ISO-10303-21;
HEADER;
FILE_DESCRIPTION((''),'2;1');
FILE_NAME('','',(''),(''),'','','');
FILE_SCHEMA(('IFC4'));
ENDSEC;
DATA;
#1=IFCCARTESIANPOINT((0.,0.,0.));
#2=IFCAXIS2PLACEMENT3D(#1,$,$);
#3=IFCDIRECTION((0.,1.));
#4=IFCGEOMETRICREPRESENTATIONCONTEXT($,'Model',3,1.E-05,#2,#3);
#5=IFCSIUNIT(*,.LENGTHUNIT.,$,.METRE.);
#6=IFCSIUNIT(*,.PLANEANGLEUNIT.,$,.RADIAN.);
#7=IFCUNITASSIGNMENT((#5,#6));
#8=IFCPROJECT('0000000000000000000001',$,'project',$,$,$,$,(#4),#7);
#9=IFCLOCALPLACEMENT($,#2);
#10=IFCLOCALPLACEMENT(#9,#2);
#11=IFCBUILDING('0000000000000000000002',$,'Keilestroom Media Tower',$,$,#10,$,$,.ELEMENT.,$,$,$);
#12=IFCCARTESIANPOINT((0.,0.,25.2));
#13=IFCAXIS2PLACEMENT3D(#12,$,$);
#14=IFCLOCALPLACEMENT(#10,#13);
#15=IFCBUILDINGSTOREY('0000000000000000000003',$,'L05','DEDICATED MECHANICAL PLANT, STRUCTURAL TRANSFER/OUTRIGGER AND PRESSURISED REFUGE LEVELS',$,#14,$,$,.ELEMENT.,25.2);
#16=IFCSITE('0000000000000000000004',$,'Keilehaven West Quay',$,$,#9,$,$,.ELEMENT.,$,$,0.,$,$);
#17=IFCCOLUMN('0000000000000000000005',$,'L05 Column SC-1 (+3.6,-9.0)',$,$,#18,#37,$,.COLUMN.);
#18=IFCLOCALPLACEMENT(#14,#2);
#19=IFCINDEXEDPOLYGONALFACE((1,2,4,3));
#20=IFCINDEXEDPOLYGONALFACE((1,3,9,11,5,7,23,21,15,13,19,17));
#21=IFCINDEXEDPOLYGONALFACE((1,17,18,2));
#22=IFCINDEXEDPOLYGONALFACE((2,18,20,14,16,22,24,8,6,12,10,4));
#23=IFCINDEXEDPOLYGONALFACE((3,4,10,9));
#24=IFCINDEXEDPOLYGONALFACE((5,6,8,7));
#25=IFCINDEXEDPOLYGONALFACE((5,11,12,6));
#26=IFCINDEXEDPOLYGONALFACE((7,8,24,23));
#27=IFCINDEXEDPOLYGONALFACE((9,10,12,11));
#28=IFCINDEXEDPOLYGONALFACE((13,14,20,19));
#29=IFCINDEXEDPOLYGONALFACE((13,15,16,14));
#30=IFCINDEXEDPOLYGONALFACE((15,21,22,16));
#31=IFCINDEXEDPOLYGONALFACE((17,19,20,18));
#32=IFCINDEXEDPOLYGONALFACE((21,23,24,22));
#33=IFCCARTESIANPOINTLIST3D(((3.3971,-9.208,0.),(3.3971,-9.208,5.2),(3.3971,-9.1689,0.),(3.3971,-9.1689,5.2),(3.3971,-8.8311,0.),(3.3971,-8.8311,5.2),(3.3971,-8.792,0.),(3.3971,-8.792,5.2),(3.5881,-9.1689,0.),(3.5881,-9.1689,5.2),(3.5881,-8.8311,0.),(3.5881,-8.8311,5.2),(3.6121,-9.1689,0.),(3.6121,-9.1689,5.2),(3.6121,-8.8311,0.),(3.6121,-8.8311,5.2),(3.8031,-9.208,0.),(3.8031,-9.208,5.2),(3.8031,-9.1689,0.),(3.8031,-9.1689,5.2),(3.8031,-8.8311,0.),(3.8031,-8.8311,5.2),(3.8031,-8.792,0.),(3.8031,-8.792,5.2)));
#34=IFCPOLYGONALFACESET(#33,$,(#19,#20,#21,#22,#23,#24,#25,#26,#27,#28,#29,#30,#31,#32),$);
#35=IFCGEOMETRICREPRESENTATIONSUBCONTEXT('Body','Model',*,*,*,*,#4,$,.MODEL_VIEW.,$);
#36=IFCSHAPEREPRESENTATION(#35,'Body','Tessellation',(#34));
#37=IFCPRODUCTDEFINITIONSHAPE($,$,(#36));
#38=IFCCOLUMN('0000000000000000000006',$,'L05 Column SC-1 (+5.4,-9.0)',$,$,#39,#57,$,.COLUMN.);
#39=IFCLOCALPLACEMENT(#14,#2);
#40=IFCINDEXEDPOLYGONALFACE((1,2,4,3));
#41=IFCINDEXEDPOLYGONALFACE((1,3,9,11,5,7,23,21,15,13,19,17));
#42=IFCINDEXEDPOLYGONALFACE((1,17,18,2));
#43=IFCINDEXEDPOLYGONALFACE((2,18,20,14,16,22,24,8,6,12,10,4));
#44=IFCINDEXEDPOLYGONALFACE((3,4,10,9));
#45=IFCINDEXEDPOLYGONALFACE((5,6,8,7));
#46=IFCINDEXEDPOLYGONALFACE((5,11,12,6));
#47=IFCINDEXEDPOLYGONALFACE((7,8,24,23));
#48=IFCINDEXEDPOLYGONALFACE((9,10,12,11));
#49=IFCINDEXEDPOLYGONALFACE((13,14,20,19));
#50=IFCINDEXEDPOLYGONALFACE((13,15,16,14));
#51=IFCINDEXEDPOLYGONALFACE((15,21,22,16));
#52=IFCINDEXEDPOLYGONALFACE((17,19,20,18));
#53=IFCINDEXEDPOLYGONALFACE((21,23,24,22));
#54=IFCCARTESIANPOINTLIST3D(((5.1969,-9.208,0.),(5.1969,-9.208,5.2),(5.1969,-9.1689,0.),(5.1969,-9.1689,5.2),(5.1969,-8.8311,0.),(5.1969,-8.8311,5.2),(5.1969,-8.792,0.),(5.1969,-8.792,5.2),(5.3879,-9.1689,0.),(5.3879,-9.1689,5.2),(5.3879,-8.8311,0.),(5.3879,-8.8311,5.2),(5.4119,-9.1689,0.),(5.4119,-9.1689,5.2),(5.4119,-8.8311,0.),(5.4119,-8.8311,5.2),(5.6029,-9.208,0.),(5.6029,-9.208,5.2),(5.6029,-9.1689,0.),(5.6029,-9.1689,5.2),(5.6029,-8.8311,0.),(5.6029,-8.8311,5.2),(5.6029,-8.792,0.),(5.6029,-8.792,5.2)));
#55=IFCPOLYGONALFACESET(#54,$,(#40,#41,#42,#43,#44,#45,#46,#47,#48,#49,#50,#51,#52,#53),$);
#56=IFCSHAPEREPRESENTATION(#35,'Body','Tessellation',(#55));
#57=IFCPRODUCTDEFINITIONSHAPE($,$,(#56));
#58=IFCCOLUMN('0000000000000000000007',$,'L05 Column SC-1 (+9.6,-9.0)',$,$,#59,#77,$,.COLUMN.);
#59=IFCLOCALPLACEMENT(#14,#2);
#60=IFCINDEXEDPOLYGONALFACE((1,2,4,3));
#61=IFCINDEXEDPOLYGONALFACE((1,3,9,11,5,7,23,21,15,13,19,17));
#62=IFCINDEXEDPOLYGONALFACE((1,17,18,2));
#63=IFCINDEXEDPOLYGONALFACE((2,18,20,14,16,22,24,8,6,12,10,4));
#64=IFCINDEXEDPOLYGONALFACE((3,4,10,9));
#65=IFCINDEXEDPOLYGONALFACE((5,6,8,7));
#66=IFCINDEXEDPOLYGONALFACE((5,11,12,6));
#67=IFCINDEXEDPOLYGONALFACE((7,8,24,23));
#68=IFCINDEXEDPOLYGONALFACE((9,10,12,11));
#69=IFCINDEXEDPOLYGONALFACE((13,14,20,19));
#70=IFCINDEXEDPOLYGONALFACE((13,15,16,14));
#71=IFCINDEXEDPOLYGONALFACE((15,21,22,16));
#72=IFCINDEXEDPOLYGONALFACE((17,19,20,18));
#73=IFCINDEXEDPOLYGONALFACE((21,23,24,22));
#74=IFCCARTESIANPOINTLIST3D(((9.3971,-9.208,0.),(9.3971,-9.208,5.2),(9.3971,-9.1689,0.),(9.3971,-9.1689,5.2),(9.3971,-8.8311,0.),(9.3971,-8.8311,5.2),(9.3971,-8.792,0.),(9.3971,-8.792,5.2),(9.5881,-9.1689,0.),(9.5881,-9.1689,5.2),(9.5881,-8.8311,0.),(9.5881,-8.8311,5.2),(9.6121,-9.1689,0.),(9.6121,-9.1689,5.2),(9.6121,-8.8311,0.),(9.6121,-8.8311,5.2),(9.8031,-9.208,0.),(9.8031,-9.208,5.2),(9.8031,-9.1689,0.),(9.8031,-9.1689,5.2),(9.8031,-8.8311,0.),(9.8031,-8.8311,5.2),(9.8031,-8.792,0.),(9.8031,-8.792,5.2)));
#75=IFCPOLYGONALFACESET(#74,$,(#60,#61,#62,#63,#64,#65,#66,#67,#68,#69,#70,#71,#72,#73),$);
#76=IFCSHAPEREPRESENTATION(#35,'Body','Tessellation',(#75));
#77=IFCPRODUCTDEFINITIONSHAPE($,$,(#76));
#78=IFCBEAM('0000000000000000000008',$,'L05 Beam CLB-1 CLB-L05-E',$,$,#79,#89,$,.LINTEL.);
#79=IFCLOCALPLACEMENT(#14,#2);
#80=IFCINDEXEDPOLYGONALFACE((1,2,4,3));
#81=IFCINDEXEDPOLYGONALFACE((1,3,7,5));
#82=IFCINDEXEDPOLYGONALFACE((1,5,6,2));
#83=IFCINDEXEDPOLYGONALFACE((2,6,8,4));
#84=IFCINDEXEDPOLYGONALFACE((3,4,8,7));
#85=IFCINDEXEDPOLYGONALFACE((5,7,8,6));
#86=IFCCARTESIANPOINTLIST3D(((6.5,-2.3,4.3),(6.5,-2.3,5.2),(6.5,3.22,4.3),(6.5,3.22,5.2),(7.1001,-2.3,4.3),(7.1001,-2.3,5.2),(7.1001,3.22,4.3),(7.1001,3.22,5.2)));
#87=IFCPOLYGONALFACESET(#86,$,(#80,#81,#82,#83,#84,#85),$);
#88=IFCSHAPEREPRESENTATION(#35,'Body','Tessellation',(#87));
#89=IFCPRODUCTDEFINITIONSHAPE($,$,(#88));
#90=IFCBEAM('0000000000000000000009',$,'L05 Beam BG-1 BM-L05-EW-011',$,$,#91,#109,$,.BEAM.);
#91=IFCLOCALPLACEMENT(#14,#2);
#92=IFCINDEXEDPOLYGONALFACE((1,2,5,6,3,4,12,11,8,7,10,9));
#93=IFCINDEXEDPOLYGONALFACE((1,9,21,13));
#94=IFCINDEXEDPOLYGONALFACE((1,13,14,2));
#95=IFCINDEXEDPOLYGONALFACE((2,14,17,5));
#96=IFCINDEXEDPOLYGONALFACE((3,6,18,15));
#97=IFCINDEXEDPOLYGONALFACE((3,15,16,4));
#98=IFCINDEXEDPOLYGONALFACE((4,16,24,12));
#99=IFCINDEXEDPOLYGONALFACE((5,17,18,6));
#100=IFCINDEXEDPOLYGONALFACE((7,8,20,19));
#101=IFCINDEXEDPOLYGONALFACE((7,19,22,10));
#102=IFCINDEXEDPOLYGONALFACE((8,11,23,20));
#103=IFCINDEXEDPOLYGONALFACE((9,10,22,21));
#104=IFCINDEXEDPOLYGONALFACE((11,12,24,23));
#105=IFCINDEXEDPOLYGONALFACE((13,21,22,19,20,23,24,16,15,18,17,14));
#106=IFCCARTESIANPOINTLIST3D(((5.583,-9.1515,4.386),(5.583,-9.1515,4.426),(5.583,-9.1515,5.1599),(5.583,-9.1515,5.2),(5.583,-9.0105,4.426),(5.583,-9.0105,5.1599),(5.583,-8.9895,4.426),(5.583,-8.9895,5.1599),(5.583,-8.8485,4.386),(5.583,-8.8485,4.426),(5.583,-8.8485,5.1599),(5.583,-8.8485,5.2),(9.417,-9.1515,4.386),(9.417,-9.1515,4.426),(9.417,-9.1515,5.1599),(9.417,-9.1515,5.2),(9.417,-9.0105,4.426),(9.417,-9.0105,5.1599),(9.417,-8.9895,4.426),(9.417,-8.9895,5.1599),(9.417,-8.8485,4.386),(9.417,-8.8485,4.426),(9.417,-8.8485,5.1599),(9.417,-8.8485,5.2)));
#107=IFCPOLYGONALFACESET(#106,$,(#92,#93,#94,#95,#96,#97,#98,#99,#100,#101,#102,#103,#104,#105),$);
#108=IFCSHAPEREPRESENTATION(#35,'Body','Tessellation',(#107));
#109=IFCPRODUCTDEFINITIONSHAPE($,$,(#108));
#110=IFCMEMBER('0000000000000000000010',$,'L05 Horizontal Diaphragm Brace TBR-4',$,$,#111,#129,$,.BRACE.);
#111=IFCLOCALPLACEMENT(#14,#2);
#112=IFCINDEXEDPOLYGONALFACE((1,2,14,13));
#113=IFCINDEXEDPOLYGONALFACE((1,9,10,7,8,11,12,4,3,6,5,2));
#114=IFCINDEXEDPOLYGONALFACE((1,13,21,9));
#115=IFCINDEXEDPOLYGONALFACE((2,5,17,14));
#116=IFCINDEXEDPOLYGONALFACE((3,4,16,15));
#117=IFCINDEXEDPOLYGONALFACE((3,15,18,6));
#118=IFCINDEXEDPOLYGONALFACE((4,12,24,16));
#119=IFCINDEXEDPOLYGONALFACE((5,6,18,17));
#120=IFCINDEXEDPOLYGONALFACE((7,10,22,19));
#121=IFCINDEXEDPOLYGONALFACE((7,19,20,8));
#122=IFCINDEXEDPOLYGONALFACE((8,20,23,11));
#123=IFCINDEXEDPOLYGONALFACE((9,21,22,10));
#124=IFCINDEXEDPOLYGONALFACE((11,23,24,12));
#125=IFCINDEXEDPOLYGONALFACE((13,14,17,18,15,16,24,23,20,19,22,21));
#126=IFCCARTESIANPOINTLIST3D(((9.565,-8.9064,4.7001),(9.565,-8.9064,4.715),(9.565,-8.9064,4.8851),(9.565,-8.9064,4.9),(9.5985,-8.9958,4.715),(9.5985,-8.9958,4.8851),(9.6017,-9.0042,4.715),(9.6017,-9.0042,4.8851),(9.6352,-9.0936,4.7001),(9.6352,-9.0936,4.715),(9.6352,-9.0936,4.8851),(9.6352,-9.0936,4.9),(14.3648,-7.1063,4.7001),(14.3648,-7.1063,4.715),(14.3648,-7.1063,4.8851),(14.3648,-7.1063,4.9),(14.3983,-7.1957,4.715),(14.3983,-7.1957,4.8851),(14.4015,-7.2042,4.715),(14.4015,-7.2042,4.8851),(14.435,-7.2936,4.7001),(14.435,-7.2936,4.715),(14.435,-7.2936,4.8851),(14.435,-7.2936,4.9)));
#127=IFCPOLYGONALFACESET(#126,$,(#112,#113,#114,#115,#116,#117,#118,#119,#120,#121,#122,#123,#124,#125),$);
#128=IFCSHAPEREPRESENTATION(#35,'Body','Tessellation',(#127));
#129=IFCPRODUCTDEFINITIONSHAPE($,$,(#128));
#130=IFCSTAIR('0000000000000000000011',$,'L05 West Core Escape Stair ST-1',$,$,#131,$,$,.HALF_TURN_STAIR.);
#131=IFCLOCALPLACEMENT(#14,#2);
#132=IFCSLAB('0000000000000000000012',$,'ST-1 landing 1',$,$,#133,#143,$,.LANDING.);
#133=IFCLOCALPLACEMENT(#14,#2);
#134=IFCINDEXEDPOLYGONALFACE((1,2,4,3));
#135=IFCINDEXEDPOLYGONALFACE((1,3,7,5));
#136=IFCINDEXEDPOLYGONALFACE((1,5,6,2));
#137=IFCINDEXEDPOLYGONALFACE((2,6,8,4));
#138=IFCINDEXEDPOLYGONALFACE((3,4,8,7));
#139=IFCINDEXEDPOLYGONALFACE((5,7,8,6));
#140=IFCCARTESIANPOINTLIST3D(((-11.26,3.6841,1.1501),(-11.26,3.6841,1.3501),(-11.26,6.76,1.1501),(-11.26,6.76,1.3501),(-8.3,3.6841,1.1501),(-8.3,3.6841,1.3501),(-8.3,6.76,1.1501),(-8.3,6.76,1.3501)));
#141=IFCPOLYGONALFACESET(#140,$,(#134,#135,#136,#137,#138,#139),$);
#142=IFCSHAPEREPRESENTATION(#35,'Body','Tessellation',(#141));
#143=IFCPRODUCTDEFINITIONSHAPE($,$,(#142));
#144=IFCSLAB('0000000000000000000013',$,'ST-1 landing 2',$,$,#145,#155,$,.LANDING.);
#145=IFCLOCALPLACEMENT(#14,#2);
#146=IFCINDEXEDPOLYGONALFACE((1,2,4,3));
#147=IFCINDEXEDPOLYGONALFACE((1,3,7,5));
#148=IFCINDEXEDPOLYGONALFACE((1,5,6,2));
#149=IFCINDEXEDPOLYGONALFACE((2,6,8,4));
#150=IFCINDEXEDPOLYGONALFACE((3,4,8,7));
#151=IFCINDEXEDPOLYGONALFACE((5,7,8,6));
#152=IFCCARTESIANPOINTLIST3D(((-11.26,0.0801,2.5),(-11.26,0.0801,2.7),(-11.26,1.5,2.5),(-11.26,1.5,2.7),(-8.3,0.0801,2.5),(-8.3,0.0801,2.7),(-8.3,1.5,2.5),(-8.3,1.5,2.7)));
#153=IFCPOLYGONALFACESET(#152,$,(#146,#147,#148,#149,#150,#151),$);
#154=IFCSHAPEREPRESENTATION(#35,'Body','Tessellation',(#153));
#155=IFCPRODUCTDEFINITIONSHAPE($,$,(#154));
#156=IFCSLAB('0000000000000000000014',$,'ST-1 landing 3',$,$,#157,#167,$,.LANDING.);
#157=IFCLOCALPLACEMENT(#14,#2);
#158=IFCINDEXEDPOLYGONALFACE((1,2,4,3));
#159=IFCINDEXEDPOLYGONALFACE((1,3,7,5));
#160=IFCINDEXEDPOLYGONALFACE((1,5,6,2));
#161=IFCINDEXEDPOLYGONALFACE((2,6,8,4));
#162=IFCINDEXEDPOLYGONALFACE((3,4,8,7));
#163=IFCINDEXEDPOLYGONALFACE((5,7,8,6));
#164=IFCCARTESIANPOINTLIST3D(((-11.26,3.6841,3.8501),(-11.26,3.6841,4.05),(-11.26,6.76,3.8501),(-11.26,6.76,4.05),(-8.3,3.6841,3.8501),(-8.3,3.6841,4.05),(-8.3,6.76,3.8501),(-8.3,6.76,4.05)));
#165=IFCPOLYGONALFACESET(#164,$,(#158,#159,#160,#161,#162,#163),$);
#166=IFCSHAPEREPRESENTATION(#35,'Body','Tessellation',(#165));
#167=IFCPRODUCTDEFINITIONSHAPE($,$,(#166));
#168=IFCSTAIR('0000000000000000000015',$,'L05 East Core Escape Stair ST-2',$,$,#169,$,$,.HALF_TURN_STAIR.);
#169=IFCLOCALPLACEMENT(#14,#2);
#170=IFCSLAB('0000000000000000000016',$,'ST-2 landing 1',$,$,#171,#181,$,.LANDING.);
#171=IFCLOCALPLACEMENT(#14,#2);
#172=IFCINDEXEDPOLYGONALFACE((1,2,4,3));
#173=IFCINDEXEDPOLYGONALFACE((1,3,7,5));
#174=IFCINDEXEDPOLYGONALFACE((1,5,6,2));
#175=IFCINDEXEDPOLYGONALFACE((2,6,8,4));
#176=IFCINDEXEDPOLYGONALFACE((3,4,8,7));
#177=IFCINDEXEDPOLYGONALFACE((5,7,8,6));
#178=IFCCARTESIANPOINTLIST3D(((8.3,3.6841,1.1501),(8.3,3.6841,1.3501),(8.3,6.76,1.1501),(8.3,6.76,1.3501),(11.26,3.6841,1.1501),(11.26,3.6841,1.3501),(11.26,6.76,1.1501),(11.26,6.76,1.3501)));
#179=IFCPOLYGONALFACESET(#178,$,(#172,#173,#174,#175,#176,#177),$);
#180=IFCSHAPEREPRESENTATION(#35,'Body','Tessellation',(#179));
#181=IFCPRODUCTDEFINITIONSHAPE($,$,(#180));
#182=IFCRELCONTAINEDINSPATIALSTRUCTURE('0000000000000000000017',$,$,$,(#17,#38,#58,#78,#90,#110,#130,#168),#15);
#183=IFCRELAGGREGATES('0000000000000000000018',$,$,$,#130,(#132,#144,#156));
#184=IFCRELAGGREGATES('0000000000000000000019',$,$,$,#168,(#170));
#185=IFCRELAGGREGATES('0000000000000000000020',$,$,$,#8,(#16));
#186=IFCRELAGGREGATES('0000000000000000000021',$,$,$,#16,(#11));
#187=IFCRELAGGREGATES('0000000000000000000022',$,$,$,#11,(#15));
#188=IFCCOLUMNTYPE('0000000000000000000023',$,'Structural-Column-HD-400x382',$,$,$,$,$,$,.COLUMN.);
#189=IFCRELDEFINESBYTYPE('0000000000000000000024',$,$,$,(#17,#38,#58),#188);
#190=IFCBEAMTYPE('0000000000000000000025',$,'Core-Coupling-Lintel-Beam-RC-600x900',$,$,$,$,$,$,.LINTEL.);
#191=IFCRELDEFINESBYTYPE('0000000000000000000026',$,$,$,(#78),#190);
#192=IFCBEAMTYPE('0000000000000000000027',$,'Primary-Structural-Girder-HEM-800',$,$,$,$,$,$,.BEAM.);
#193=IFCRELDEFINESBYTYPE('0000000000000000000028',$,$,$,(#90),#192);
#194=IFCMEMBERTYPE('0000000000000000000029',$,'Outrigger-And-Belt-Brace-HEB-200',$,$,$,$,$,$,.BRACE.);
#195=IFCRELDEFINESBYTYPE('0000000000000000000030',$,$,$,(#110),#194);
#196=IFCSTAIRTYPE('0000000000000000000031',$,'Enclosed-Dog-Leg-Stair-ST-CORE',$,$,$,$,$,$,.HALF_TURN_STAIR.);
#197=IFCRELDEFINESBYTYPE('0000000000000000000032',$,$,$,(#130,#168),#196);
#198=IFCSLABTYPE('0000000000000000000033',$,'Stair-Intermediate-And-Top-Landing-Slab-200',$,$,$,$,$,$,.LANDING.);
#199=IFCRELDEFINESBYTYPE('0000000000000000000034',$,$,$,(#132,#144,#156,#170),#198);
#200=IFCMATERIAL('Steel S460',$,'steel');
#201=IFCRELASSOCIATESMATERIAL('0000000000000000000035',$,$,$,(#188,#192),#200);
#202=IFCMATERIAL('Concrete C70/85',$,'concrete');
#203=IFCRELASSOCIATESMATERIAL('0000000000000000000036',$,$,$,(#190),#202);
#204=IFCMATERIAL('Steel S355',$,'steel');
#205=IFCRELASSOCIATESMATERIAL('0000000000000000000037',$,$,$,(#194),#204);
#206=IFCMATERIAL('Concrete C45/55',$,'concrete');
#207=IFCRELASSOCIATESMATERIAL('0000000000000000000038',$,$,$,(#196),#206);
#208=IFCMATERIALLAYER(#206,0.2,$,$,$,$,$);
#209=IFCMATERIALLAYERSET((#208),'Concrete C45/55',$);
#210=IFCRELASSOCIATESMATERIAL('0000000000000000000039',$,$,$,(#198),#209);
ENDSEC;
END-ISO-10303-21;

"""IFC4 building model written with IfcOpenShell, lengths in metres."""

from ifc_helpers import new_model, si_unit, direction, frame, origin, origin_2d, place, context, subcontext, project, spatial, polyline, rectangle, i_section, outline, extrude, source, transform, mapped, material, layer, layer_set, material_profile, profile_set, type_object, element, aggregate, save


model = new_model("IFC4")

# Units and contexts
model_context = context("Model", 3, precision=1e-05, world=origin(), true_north=direction((0.0, 1.0)))
body_context = subcontext(model_context, "Body", "Model", "MODEL_VIEW")
ifc_project = project(units=[si_unit("LENGTHUNIT", "METRE"), si_unit("PLANEANGLEUNIT", "RADIAN")], contexts=[model_context])

# Site, building, storey
site_placement = place(None, origin())
site = spatial("IfcSite", under=ifc_project, at=site_placement, Name="Keilehaven West Quay", CompositionType="ELEMENT", RefElevation=0.0)
building_placement = place(site_placement, origin())
building = spatial("IfcBuilding", under=site, at=building_placement, Name="Keilestroom Media Tower", CompositionType="ELEMENT")
storey_placement = place(building_placement, frame((0.0, 0.0, 25.2)))
storey = spatial("IfcBuildingStorey", under=building, at=storey_placement, Name="L05", Description="DEDICATED MECHANICAL PLANT, STRUCTURAL TRANSFER/OUTRIGGER AND PRESSURISED REFUGE LEVELS", CompositionType="ELEMENT", Elevation=25.2)

# Columns
ifc_material_1 = material(Name="Steel S460", Category="steel")
ifc_material_profile_1 = material_profile(ifc_material_1, i_section(OverallWidth=0.406, OverallDepth=0.416, WebThickness=0.0239, FlangeThickness=0.0391, at=origin_2d()), Name="HD 400x382")
ifc_profile_set_1 = profile_set([ifc_material_profile_1], Name="Steel S460")
column_type = type_object("IfcColumnType", Name="Structural-Column-HD-400x382", PredefinedType="COLUMN", material=ifc_profile_set_1)
shared_shape_1 = source(origin(), body_context, "Body", "SweptSolid", [
    extrude(i_section(OverallWidth=0.406, OverallDepth=0.416, WebThickness=0.0239, FlangeThickness=0.0391, at=origin_2d()), origin(), (0.0, 0.0, 1.0), 5.2),
])
for number, where, z_axis, x_axis, name in (
    (1, (3.6001, -9.0, 0.0), (0.0, 0.0, 1.0), (1.0, 0.0, 0.0), "L05 Column SC-1 (+3.6,-9.0)"),
    (2, (5.3999, -9.0, 0.0), (0.0, 0.0, 1.0), (1.0, 0.0, 0.0), "L05 Column SC-1 (+5.4,-9.0)"),
    (3, (9.6001, -9.0, 0.0), (0.0, 0.0, 1.0), (1.0, 0.0, 0.0), "L05 Column SC-1 (+9.6,-9.0)"),
):
    element("IfcColumn", number, at=place(storey_placement, frame(where, z_axis=z_axis, x_axis=x_axis)), inside=storey, type_object=column_type, Name=name, PredefinedType="COLUMN", context=body_context, shape_type="MappedRepresentation", body=[
        mapped(shared_shape_1, transform((0.0, 0.0, 0.0), x_axis=(1.0, 0.0, 0.0), y_axis=(0.0, 1.0, 0.0), z_axis=(0.0, 0.0, 1.0), scale=1.0)),
    ])

# Beams
ifc_material_2 = material(Name="Concrete C70/85", Category="concrete")
ifc_material_profile_2 = material_profile(ifc_material_2, rectangle(XDim=0.6001, YDim=0.8999, at=origin_2d()), Name="RC 600x900")
ifc_profile_set_2 = profile_set([ifc_material_profile_2], Name="Concrete C70/85")
beam_type_1 = type_object("IfcBeamType", Name="Core-Coupling-Lintel-Beam-RC-600x900", PredefinedType="LINTEL", material=ifc_profile_set_2)
shared_shape_2 = source(origin(), body_context, "Body", "SweptSolid", [
    extrude(rectangle(XDim=0.6001, YDim=0.8999, at=origin_2d()), origin(), (0.0, 0.0, 1.0), 5.52),
])
beam_1_placement = place(storey_placement, frame((6.8, -2.3, 4.75), z_axis=(0.0, 1.0, 0.0), x_axis=(-1.0, 0.0, 0.0)))
element("IfcBeam", 4, at=beam_1_placement, inside=storey, type_object=beam_type_1, Name="L05 Beam CLB-1 CLB-L05-E", PredefinedType="LINTEL", context=body_context, shape_type="MappedRepresentation", body=[
    mapped(shared_shape_2, transform((0.0, 0.0, 0.0), x_axis=(1.0, 0.0, 0.0), y_axis=(0.0, 1.0, 0.0), z_axis=(0.0, 0.0, 1.0), scale=1.0)),
])
ifc_material_profile_3 = material_profile(ifc_material_1, i_section(OverallWidth=0.303, OverallDepth=0.814, WebThickness=0.021, FlangeThickness=0.04, at=origin_2d()), Name="HEM 800")
ifc_profile_set_3 = profile_set([ifc_material_profile_3], Name="Steel S460")
beam_type_2 = type_object("IfcBeamType", Name="Primary-Structural-Girder-HEM-800", PredefinedType="BEAM", material=ifc_profile_set_3)
shared_shape_3 = source(origin(), body_context, "Body", "SweptSolid", [
    extrude(i_section(OverallWidth=0.303, OverallDepth=0.814, WebThickness=0.021, FlangeThickness=0.04, at=origin_2d()), origin(), (0.0, 0.0, 1.0), 3.834),
])
beam_2_placement = place(storey_placement, frame((5.583, -9.0, 4.793), z_axis=(1.0, 0.0, 0.0), x_axis=(0.0, 1.0, 0.0)))
element("IfcBeam", 5, at=beam_2_placement, inside=storey, type_object=beam_type_2, Name="L05 Beam BG-1 BM-L05-EW-011", PredefinedType="BEAM", context=body_context, shape_type="MappedRepresentation", body=[
    mapped(shared_shape_3, transform((0.0, 0.0, 0.0), x_axis=(1.0, 0.0, 0.0), y_axis=(0.0, 1.0, 0.0), z_axis=(0.0, 0.0, 1.0), scale=1.0)),
])

# Member
ifc_material_3 = material(Name="Steel S355", Category="steel")
ifc_material_profile_4 = material_profile(ifc_material_3, i_section(OverallWidth=0.2, OverallDepth=0.2, WebThickness=0.009, FlangeThickness=0.0149, at=origin_2d()), Name="HEB 200")
ifc_profile_set_4 = profile_set([ifc_material_profile_4], Name="Steel S355")
member_type = type_object("IfcMemberType", Name="Outrigger-And-Belt-Brace-HEB-200", PredefinedType="BRACE", material=ifc_profile_set_4)
shared_shape_4 = source(origin(), body_context, "Body", "SweptSolid", [
    extrude(i_section(OverallWidth=0.2, OverallDepth=0.2, WebThickness=0.009, FlangeThickness=0.0149, at=origin_2d()), origin(), (0.0, 0.0, 1.0), 5.1262),
])
member_placement = place(storey_placement, frame((9.6001, -9.0, 4.8), z_axis=(0.936321, 0.351144, 0.0), x_axis=(-0.351144, 0.936321, 0.0)))
element("IfcMember", 6, at=member_placement, inside=storey, type_object=member_type, Name="L05 Horizontal Diaphragm Brace TBR-4", PredefinedType="BRACE", context=body_context, shape_type="MappedRepresentation", body=[
    mapped(shared_shape_4, transform((0.0, 0.0, 0.0), x_axis=(1.0, 0.0, 0.0), y_axis=(0.0, 1.0, 0.0), z_axis=(0.0, 0.0, 1.0), scale=1.0)),
])

# Stairs, slabs
ifc_material_4 = material(Name="Concrete C45/55", Category="concrete")
stair_type = type_object("IfcStairType", Name="Enclosed-Dog-Leg-Stair-ST-CORE", PredefinedType="HALF_TURN_STAIR", material=ifc_material_4)
stair_1_placement = place(storey_placement, origin())
stair_1 = element("IfcStair", 7, at=stair_1_placement, inside=storey, type_object=stair_type, Name="L05 West Core Escape Stair ST-1", PredefinedType="HALF_TURN_STAIR")
ifc_layer_1 = layer(ifc_material_4, 0.2)
ifc_layer_set_1 = layer_set([ifc_layer_1], Name="Concrete C45/55")
slab_type = type_object("IfcSlabType", Name="Stair-Intermediate-And-Top-Landing-Slab-200", PredefinedType="LANDING", material=ifc_layer_set_1)
slab_1_placement = place(storey_placement, frame((0.0, 0.0, 1.1501)))
slab_1 = element("IfcSlab", 8, at=slab_1_placement, type_object=slab_type, Name="ST-1 landing 1", PredefinedType="LANDING", context=body_context, shape_type="SweptSolid", body=[
    extrude(outline(polyline([(-8.3, 3.6841), (-8.3, 6.76), (-11.26, 6.76), (-11.26, 3.6841), (-8.3, 3.6841)])), origin(), (0.0, 0.0, 1.0), 0.2),
])
slab_2_placement = place(storey_placement, frame((0.0, 0.0, 2.5)))
slab_2 = element("IfcSlab", 9, at=slab_2_placement, type_object=slab_type, Name="ST-1 landing 2", PredefinedType="LANDING", context=body_context, shape_type="SweptSolid", body=[
    extrude(outline(polyline([(-8.3, 0.0801), (-8.3, 1.5), (-11.26, 1.5), (-11.26, 0.0801), (-8.3, 0.0801)])), origin(), (0.0, 0.0, 1.0), 0.2),
])
slab_3_placement = place(storey_placement, frame((0.0, 0.0, 3.8501)))
slab_3 = element("IfcSlab", 10, at=slab_3_placement, type_object=slab_type, Name="ST-1 landing 3", PredefinedType="LANDING", context=body_context, shape_type="SweptSolid", body=[
    extrude(outline(polyline([(-8.3, 3.6841), (-8.3, 6.76), (-11.26, 6.76), (-11.26, 3.6841), (-8.3, 3.6841)])), origin(), (0.0, 0.0, 1.0), 0.2),
])
aggregate(stair_1, [slab_1, slab_2, slab_3])
stair_2_placement = place(storey_placement, origin())
stair_2 = element("IfcStair", 11, at=stair_2_placement, inside=storey, type_object=stair_type, Name="L05 East Core Escape Stair ST-2", PredefinedType="HALF_TURN_STAIR")
slab_4_placement = place(storey_placement, frame((0.0, 0.0, 1.1501)))
slab_4 = element("IfcSlab", 12, at=slab_4_placement, type_object=slab_type, Name="ST-2 landing 1", PredefinedType="LANDING", context=body_context, shape_type="SweptSolid", body=[
    extrude(outline(polyline([(11.26, 3.6841), (11.26, 6.76), (8.3, 6.76), (8.3, 3.6841), (11.26, 3.6841)])), origin(), (0.0, 0.0, 1.0), 0.2),
])
aggregate(stair_2, [slab_4])

save(model, "model.ifc")
